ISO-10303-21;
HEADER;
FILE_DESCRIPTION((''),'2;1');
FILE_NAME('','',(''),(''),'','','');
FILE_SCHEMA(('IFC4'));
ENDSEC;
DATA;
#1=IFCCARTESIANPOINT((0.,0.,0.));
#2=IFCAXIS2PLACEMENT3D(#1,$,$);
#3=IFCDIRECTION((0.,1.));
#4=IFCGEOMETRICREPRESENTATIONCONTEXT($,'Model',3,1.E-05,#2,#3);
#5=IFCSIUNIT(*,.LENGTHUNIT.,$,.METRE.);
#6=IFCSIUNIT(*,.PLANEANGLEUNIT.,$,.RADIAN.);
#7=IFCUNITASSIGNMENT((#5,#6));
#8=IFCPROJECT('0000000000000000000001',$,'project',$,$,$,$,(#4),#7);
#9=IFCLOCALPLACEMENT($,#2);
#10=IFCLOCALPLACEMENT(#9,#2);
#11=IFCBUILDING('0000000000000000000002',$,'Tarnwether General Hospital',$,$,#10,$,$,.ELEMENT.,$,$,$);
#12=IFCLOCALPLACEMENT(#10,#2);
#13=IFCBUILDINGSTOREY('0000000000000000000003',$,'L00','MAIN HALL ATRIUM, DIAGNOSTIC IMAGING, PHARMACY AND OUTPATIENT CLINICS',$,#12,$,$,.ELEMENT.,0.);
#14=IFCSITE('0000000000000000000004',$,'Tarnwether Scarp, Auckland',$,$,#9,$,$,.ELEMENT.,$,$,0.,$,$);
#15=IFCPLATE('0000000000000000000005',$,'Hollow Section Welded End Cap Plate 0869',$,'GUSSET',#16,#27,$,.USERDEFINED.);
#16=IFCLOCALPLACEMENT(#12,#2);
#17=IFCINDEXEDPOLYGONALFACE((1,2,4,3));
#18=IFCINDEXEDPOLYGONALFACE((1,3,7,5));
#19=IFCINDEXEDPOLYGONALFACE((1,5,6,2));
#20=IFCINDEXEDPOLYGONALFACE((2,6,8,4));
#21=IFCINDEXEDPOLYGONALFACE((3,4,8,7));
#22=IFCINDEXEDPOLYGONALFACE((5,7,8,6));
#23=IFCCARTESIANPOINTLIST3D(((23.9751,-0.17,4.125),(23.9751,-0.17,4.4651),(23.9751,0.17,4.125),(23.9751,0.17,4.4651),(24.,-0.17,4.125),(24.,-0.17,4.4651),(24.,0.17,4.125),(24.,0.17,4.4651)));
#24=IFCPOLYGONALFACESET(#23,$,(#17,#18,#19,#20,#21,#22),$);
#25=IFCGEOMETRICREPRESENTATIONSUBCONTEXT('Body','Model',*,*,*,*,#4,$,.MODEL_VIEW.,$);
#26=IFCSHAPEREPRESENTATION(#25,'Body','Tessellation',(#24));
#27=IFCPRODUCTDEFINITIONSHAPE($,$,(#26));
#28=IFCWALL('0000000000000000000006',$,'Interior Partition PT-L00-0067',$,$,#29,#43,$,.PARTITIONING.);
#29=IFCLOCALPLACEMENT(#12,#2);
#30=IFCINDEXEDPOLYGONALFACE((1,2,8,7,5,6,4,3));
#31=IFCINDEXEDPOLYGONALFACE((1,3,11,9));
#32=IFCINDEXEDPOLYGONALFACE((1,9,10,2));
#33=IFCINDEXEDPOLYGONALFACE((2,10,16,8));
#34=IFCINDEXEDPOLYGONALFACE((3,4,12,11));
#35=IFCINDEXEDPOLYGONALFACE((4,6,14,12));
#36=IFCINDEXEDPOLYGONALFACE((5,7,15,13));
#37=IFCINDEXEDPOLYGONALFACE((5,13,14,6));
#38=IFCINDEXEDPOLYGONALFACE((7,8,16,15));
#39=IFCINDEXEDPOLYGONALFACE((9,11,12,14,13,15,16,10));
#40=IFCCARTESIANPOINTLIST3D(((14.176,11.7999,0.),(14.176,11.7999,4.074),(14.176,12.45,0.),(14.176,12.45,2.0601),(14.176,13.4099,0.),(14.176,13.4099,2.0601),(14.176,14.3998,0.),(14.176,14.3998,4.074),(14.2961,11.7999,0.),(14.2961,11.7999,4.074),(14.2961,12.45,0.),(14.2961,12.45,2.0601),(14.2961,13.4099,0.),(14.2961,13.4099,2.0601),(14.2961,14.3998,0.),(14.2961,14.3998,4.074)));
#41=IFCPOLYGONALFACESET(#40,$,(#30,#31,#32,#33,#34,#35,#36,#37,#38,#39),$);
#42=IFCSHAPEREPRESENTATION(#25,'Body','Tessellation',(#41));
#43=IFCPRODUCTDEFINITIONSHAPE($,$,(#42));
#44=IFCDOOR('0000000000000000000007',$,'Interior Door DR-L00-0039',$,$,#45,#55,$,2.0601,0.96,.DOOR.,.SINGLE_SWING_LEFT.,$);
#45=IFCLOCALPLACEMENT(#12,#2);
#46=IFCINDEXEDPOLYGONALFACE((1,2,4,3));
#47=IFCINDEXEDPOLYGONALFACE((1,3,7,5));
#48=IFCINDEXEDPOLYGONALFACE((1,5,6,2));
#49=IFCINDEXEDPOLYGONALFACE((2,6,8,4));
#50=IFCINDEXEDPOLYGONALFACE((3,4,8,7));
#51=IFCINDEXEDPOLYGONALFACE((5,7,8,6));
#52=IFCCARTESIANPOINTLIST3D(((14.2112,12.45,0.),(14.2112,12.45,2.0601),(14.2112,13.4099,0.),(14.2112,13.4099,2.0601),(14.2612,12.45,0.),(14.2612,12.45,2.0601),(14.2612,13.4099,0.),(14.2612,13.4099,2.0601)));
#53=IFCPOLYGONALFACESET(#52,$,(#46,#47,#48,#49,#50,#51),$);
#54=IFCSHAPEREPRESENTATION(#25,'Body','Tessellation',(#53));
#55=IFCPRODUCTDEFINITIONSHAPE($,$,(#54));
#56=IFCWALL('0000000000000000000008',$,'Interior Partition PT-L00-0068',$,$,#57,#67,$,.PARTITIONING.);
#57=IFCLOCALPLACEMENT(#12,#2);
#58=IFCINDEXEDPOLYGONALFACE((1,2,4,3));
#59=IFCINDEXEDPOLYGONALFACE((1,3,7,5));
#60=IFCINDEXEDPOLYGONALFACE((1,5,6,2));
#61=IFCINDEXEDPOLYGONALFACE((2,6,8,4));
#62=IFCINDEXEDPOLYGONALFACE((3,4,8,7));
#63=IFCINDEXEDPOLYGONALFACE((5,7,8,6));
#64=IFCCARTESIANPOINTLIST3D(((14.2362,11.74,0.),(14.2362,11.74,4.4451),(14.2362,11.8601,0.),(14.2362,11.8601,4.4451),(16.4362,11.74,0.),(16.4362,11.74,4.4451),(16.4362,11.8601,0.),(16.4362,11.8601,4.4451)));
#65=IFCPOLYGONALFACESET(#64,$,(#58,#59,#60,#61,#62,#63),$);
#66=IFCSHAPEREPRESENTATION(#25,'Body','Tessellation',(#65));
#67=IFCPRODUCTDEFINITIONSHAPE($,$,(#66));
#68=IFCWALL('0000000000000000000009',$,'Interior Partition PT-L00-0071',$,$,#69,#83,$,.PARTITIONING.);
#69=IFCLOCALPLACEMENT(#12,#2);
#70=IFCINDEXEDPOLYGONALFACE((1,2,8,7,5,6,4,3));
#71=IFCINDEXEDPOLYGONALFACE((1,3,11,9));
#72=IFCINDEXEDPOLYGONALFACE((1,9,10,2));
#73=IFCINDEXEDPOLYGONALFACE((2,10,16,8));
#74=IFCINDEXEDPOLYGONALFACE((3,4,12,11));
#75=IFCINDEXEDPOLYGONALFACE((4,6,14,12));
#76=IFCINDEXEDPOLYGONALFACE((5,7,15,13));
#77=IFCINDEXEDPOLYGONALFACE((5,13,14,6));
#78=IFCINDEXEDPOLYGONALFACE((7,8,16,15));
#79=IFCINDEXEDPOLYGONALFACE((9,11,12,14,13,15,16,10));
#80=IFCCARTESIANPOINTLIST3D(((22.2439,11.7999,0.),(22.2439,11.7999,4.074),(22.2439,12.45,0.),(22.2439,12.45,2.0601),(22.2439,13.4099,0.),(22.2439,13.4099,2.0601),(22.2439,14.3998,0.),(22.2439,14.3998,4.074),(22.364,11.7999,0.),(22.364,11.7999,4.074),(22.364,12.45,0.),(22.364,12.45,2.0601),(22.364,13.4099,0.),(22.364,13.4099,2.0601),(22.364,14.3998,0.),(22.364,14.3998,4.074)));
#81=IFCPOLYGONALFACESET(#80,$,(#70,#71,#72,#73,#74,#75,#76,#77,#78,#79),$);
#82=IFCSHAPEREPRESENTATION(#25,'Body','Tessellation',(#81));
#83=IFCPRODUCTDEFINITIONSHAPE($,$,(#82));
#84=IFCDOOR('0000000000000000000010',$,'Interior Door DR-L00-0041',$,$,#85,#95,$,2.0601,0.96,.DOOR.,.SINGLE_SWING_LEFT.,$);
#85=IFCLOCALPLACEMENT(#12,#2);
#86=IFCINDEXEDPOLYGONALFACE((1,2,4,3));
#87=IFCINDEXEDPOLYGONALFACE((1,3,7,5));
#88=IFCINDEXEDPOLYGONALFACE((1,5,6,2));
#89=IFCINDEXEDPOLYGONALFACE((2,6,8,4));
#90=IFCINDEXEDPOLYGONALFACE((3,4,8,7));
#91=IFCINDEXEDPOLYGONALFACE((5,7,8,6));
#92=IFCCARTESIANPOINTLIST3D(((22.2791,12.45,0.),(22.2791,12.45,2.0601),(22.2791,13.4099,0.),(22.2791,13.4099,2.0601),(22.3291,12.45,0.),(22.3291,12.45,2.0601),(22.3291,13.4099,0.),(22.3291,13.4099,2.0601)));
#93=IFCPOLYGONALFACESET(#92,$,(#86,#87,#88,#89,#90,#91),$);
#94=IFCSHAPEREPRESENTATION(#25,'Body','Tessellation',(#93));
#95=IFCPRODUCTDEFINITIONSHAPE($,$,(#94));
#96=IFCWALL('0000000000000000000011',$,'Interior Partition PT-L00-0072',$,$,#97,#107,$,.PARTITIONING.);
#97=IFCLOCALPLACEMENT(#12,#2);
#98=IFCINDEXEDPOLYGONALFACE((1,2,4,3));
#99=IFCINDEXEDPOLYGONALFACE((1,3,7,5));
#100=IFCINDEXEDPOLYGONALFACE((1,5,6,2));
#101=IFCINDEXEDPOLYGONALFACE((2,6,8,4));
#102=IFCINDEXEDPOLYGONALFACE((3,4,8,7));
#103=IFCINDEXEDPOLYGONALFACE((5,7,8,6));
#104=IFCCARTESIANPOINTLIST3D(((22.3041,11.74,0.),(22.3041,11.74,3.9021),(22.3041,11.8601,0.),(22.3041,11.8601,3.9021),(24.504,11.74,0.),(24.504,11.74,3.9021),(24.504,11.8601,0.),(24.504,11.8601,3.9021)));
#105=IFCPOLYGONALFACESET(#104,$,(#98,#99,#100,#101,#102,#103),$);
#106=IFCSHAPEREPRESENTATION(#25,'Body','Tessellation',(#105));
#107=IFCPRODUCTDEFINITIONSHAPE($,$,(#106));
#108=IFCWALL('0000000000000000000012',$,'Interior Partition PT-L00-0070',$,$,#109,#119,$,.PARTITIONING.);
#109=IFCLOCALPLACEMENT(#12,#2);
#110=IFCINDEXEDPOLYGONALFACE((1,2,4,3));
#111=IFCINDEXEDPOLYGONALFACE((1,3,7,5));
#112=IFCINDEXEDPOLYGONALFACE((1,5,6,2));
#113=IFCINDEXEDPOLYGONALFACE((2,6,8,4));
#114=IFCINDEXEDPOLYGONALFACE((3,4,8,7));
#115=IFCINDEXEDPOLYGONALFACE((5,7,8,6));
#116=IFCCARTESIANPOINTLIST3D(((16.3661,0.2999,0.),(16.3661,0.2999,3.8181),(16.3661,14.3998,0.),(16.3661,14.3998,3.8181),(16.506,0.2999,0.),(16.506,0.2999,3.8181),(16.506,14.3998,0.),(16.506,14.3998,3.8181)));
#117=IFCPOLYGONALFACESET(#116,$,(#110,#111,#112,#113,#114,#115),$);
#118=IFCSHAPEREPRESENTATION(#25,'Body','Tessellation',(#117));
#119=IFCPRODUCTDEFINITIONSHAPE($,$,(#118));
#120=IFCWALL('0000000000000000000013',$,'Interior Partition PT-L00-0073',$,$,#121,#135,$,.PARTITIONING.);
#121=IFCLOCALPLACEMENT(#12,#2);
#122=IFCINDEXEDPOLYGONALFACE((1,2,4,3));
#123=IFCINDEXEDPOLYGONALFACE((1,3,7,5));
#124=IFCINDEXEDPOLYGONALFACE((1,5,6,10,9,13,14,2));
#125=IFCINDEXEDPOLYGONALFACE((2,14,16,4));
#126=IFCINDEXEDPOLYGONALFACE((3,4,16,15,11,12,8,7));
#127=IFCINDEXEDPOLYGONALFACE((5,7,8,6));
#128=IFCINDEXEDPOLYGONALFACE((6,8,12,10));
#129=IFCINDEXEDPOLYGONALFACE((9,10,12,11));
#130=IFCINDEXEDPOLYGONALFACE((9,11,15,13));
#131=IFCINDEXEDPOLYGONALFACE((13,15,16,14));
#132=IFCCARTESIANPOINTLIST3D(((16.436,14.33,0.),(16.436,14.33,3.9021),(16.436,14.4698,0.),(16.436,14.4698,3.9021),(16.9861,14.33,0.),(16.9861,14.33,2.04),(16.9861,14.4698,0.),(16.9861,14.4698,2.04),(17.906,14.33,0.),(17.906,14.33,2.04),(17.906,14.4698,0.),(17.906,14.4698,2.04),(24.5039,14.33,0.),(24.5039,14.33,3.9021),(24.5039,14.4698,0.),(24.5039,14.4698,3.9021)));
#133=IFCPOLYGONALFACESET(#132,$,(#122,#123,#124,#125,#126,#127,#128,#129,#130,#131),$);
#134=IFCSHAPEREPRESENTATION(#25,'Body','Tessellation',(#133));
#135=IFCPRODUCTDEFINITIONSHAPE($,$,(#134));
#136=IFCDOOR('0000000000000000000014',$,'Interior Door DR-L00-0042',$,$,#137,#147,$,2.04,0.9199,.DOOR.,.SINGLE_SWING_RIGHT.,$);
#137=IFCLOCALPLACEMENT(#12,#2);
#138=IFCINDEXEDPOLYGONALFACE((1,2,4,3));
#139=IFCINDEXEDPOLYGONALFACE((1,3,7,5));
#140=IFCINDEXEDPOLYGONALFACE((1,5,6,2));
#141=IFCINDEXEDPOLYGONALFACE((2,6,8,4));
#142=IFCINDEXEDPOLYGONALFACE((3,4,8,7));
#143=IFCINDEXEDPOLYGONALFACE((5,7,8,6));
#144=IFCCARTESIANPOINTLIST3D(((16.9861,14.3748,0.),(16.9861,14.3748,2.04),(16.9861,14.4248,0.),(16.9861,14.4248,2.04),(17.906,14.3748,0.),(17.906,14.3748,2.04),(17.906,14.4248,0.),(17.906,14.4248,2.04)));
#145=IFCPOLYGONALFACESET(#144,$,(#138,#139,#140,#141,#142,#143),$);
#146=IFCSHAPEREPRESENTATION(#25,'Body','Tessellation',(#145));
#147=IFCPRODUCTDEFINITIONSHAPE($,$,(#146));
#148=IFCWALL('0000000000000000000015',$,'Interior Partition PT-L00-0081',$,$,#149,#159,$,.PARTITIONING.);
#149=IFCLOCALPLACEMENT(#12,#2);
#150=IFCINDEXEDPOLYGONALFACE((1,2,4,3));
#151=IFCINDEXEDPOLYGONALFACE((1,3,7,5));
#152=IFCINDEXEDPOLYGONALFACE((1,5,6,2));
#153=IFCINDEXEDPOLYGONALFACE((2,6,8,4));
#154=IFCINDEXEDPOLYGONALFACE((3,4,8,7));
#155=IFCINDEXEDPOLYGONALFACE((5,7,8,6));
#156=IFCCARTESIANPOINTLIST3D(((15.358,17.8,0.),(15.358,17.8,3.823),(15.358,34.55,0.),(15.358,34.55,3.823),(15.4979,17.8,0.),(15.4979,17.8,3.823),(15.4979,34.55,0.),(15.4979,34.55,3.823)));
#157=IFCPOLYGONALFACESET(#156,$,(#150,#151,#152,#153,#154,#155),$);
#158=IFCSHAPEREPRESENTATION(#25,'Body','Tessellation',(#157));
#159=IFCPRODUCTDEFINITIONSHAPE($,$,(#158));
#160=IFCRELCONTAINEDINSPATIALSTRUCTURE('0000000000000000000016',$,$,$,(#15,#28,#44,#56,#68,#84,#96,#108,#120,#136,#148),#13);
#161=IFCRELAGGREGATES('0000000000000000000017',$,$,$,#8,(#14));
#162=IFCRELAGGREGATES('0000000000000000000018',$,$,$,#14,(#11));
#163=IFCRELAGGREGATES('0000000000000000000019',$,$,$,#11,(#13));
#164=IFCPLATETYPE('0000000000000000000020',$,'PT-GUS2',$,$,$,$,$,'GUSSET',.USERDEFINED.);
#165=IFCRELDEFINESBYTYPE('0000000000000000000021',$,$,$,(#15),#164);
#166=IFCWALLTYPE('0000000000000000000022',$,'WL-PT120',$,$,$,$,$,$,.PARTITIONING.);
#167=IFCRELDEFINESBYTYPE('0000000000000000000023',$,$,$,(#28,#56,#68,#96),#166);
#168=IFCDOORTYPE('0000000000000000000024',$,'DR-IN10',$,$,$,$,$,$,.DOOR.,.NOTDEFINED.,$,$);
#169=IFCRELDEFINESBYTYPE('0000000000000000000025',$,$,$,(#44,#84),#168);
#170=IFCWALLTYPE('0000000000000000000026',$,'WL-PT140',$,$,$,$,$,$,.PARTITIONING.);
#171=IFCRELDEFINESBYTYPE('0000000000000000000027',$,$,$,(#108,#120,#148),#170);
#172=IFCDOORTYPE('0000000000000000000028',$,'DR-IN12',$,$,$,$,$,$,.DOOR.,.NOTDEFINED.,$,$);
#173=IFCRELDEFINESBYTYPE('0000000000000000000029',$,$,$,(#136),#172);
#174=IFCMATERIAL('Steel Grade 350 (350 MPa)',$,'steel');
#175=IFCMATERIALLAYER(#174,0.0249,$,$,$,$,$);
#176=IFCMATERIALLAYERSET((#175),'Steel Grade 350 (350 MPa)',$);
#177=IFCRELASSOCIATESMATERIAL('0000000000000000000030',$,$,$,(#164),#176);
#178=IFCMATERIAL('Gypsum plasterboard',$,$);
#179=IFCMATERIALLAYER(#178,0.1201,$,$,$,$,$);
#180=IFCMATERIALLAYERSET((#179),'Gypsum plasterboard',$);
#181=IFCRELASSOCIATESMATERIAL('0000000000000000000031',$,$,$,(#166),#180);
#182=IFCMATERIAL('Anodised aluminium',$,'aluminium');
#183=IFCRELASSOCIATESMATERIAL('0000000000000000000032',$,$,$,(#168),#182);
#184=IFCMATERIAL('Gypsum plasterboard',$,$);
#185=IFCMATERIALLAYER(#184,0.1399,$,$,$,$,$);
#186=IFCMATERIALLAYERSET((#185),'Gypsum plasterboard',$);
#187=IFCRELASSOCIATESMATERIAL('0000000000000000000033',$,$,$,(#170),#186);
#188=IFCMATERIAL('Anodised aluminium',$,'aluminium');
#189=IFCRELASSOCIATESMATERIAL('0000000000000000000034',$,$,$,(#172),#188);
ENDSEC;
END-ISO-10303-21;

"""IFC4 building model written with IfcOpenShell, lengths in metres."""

from ifc_helpers import new_model, si_unit, direction, frame, frame_2d, origin, origin_2d, place, context, subcontext, project, spatial, rectangle, extrude, material, layer, layer_set, type_object, element, fill, save


model = new_model("IFC4")

# Units and contexts
model_context = context("Model", 3, precision=1e-05, world=origin(), true_north=direction((0.0, 1.0)))
body_context = subcontext(model_context, "Body", "Model", "MODEL_VIEW")
ifc_project = project(units=[si_unit("LENGTHUNIT", "METRE"), si_unit("PLANEANGLEUNIT", "RADIAN")], contexts=[model_context])

# Site, building, storey
site_placement = place(None, origin())
site = spatial("IfcSite", under=ifc_project, at=site_placement, Name="Tarnwether Scarp, Auckland", CompositionType="ELEMENT", RefElevation=0.0)
building_placement = place(site_placement, origin())
building = spatial("IfcBuilding", under=site, at=building_placement, Name="Tarnwether General Hospital", CompositionType="ELEMENT")
storey_placement = place(building_placement, origin())
storey = spatial("IfcBuildingStorey", under=building, at=storey_placement, Name="L00", Description="MAIN HALL ATRIUM, DIAGNOSTIC IMAGING, PHARMACY AND OUTPATIENT CLINICS", CompositionType="ELEMENT", Elevation=0.0)

# Plate
ifc_material_1 = material(Name="Steel Grade 350 (350 MPa)", Category="steel")
ifc_layer_1 = layer(ifc_material_1, 0.0249)
ifc_layer_set_1 = layer_set([ifc_layer_1], Name="Steel Grade 350 (350 MPa)")
plate_type = type_object("IfcPlateType", Name="PT-GUS2", ElementType="GUSSET", PredefinedType="USERDEFINED", material=ifc_layer_set_1)
plate_placement = place(storey_placement, frame((23.9875, 0.0, 4.125), z_axis=(0.0, 0.0, 1.0), x_axis=(1.0, 0.0, 0.0)))
element("IfcPlate", 1, at=plate_placement, inside=storey, type_object=plate_type, Name="Hollow Section Welded End Cap Plate 0869", ObjectType="GUSSET", PredefinedType="USERDEFINED", context=body_context, shape_type="SweptSolid", body=[
    extrude(rectangle(XDim=0.0249, YDim=0.3401, at=origin_2d()), origin(), (0.0, 0.0, 1.0), 0.3401),
])

# Wall, opening, door
ifc_material_2 = material(Name="Gypsum plasterboard")
ifc_layer_2 = layer(ifc_material_2, 0.1201)
ifc_layer_set_2 = layer_set([ifc_layer_2], Name="Gypsum plasterboard")
wall_type_1 = type_object("IfcWallType", Name="WL-PT120", PredefinedType="PARTITIONING", material=ifc_layer_set_2)
wall_1_placement = place(storey_placement, frame((14.2361, 11.8, 0.0), z_axis=(0.0, 0.0, 1.0), x_axis=(0.0, 1.0, 0.0)))
wall_1 = element("IfcWall", 2, at=wall_1_placement, inside=storey, type_object=wall_type_1, Name="Interior Partition PT-L00-0067", PredefinedType="PARTITIONING", context=body_context, shape_type="SweptSolid", body=[
    extrude(rectangle(XDim=2.5999, YDim=0.1201, at=frame_2d((1.2998, 0.0))), origin(), (0.0, 0.0, 1.0), 4.074),
])
opening_1_placement = place(wall_1_placement, frame((0.6499, 0.0, 0.0)))
opening_1 = element("IfcOpeningElement", 3, at=opening_1_placement, cuts=wall_1, PredefinedType="OPENING", context=body_context, shape_type="SweptSolid", body=[
    extrude(rectangle(XDim=0.96, YDim=2.0601, at=frame_2d((0.48, 1.03))), frame((0.0, 0.0701, 0.0), z_axis=(0.0, -1.0, 0.0), x_axis=(1.0, 0.0, 0.0)), (0.0, 0.0, 1.0), 0.1401),
])
ifc_material_3 = material(Name="Anodised aluminium", Category="aluminium")
door_type_1 = type_object("IfcDoorType", Name="DR-IN10", OperationType="NOTDEFINED", PredefinedType="DOOR", material=ifc_material_3)
door_1_placement = place(opening_1_placement, origin())
door_1 = element("IfcDoor", 4, at=door_1_placement, inside=storey, type_object=door_type_1, Name="Interior Door DR-L00-0039", OperationType="SINGLE_SWING_LEFT", OverallHeight=2.0601, OverallWidth=0.96, PredefinedType="DOOR", context=body_context, shape_type="SweptSolid", body=[
    extrude(rectangle(XDim=0.96, YDim=2.0601, at=frame_2d((0.48, 1.03))), frame((0.0, 0.0249, 0.0), z_axis=(0.0, -1.0, 0.0), x_axis=(1.0, 0.0, 0.0)), (0.0, 0.0, 1.0), 0.05),
])
fill(opening_1, door_1)

# Wall
wall_2_placement = place(storey_placement, frame((14.2361, 11.8, 0.0), z_axis=(0.0, 0.0, 1.0), x_axis=(1.0, 0.0, 0.0)))
element("IfcWall", 5, at=wall_2_placement, inside=storey, type_object=wall_type_1, Name="Interior Partition PT-L00-0068", PredefinedType="PARTITIONING", context=body_context, shape_type="SweptSolid", body=[
    extrude(rectangle(XDim=2.2, YDim=0.1201, at=frame_2d((1.1001, 0.0))), origin(), (0.0, 0.0, 1.0), 4.4451),
])

# Wall, opening, door
wall_3_placement = place(storey_placement, frame((22.304, 11.8, 0.0), z_axis=(0.0, 0.0, 1.0), x_axis=(0.0, 1.0, 0.0)))
wall_3 = element("IfcWall", 6, at=wall_3_placement, inside=storey, type_object=wall_type_1, Name="Interior Partition PT-L00-0071", PredefinedType="PARTITIONING", context=body_context, shape_type="SweptSolid", body=[
    extrude(rectangle(XDim=2.5999, YDim=0.1201, at=frame_2d((1.2998, 0.0))), origin(), (0.0, 0.0, 1.0), 4.074),
])
opening_2_placement = place(wall_3_placement, frame((0.6499, 0.0, 0.0)))
opening_2 = element("IfcOpeningElement", 7, at=opening_2_placement, cuts=wall_3, PredefinedType="OPENING", context=body_context, shape_type="SweptSolid", body=[
    extrude(rectangle(XDim=0.96, YDim=2.0601, at=frame_2d((0.48, 1.03))), frame((0.0, 0.0701, 0.0), z_axis=(0.0, -1.0, 0.0), x_axis=(1.0, 0.0, 0.0)), (0.0, 0.0, 1.0), 0.1401),
])
door_2_placement = place(opening_2_placement, origin())
door_2 = element("IfcDoor", 8, at=door_2_placement, inside=storey, type_object=door_type_1, Name="Interior Door DR-L00-0041", OperationType="SINGLE_SWING_LEFT", OverallHeight=2.0601, OverallWidth=0.96, PredefinedType="DOOR", context=body_context, shape_type="SweptSolid", body=[
    extrude(rectangle(XDim=0.96, YDim=2.0601, at=frame_2d((0.48, 1.03))), frame((0.0, 0.0249, 0.0), z_axis=(0.0, -1.0, 0.0), x_axis=(1.0, 0.0, 0.0)), (0.0, 0.0, 1.0), 0.05),
])
fill(opening_2, door_2)

# Walls
wall_4_placement = place(storey_placement, frame((22.304, 11.8, 0.0), z_axis=(0.0, 0.0, 1.0), x_axis=(1.0, 0.0, 0.0)))
element("IfcWall", 9, at=wall_4_placement, inside=storey, type_object=wall_type_1, Name="Interior Partition PT-L00-0072", PredefinedType="PARTITIONING", context=body_context, shape_type="SweptSolid", body=[
    extrude(rectangle(XDim=2.2, YDim=0.1201, at=frame_2d((1.1001, 0.0))), origin(), (0.0, 0.0, 1.0), 3.9021),
])
ifc_material_4 = material(Name="Gypsum plasterboard")
ifc_layer_3 = layer(ifc_material_4, 0.1399)
ifc_layer_set_3 = layer_set([ifc_layer_3], Name="Gypsum plasterboard")
wall_type_2 = type_object("IfcWallType", Name="WL-PT140", PredefinedType="PARTITIONING", material=ifc_layer_set_3)
wall_5_placement = place(storey_placement, frame((16.436, 0.3, 0.0), z_axis=(0.0, 0.0, 1.0), x_axis=(0.0, 1.0, 0.0)))
element("IfcWall", 10, at=wall_5_placement, inside=storey, type_object=wall_type_2, Name="Interior Partition PT-L00-0070", PredefinedType="PARTITIONING", context=body_context, shape_type="SweptSolid", body=[
    extrude(rectangle(XDim=14.0999, YDim=0.1399, at=frame_2d((7.0498, 0.0))), origin(), (0.0, 0.0, 1.0), 3.8181),
])

# Wall, opening, door
wall_6_placement = place(storey_placement, frame((16.436, 14.3999, 0.0), z_axis=(0.0, 0.0, 1.0), x_axis=(1.0, 0.0, 0.0)))
wall_6 = element("IfcWall", 11, at=wall_6_placement, inside=storey, type_object=wall_type_2, Name="Interior Partition PT-L00-0073", PredefinedType="PARTITIONING", context=body_context, shape_type="SweptSolid", body=[
    extrude(rectangle(XDim=8.0679, YDim=0.1399, at=frame_2d((4.0339, 0.0))), origin(), (0.0, 0.0, 1.0), 3.9021),
])
opening_3_placement = place(wall_6_placement, frame((0.55, 0.0, 0.0)))
opening_3 = element("IfcOpeningElement", 12, at=opening_3_placement, cuts=wall_6, PredefinedType="OPENING", context=body_context, shape_type="SweptSolid", body=[
    extrude(rectangle(XDim=0.9199, YDim=2.04, at=frame_2d((0.46, 1.02))), frame((0.0, 0.0801, 0.0), z_axis=(0.0, -1.0, 0.0), x_axis=(1.0, 0.0, 0.0)), (0.0, 0.0, 1.0), 0.1599),
])
ifc_material_5 = material(Name="Anodised aluminium", Category="aluminium")
door_type_2 = type_object("IfcDoorType", Name="DR-IN12", OperationType="NOTDEFINED", PredefinedType="DOOR", material=ifc_material_5)
door_3_placement = place(opening_3_placement, origin())
door_3 = element("IfcDoor", 13, at=door_3_placement, inside=storey, type_object=door_type_2, Name="Interior Door DR-L00-0042", OperationType="SINGLE_SWING_RIGHT", OverallHeight=2.04, OverallWidth=0.9199, PredefinedType="DOOR", context=body_context, shape_type="SweptSolid", body=[
    extrude(rectangle(XDim=0.9199, YDim=2.04, at=frame_2d((0.46, 1.02))), frame((0.0, 0.0249, 0.0), z_axis=(0.0, -1.0, 0.0), x_axis=(1.0, 0.0, 0.0)), (0.0, 0.0, 1.0), 0.05),
])
fill(opening_3, door_3)

# Wall
wall_7_placement = place(storey_placement, frame((15.428, 17.8, 0.0), z_axis=(0.0, 0.0, 1.0), x_axis=(0.0, 1.0, 0.0)))
element("IfcWall", 14, at=wall_7_placement, inside=storey, type_object=wall_type_2, Name="Interior Partition PT-L00-0081", PredefinedType="PARTITIONING", context=body_context, shape_type="SweptSolid", body=[
    extrude(rectangle(XDim=16.75, YDim=0.1399, at=frame_2d((8.375, 0.0))), origin(), (0.0, 0.0, 1.0), 3.823),
])

save(model, "model.ifc")
